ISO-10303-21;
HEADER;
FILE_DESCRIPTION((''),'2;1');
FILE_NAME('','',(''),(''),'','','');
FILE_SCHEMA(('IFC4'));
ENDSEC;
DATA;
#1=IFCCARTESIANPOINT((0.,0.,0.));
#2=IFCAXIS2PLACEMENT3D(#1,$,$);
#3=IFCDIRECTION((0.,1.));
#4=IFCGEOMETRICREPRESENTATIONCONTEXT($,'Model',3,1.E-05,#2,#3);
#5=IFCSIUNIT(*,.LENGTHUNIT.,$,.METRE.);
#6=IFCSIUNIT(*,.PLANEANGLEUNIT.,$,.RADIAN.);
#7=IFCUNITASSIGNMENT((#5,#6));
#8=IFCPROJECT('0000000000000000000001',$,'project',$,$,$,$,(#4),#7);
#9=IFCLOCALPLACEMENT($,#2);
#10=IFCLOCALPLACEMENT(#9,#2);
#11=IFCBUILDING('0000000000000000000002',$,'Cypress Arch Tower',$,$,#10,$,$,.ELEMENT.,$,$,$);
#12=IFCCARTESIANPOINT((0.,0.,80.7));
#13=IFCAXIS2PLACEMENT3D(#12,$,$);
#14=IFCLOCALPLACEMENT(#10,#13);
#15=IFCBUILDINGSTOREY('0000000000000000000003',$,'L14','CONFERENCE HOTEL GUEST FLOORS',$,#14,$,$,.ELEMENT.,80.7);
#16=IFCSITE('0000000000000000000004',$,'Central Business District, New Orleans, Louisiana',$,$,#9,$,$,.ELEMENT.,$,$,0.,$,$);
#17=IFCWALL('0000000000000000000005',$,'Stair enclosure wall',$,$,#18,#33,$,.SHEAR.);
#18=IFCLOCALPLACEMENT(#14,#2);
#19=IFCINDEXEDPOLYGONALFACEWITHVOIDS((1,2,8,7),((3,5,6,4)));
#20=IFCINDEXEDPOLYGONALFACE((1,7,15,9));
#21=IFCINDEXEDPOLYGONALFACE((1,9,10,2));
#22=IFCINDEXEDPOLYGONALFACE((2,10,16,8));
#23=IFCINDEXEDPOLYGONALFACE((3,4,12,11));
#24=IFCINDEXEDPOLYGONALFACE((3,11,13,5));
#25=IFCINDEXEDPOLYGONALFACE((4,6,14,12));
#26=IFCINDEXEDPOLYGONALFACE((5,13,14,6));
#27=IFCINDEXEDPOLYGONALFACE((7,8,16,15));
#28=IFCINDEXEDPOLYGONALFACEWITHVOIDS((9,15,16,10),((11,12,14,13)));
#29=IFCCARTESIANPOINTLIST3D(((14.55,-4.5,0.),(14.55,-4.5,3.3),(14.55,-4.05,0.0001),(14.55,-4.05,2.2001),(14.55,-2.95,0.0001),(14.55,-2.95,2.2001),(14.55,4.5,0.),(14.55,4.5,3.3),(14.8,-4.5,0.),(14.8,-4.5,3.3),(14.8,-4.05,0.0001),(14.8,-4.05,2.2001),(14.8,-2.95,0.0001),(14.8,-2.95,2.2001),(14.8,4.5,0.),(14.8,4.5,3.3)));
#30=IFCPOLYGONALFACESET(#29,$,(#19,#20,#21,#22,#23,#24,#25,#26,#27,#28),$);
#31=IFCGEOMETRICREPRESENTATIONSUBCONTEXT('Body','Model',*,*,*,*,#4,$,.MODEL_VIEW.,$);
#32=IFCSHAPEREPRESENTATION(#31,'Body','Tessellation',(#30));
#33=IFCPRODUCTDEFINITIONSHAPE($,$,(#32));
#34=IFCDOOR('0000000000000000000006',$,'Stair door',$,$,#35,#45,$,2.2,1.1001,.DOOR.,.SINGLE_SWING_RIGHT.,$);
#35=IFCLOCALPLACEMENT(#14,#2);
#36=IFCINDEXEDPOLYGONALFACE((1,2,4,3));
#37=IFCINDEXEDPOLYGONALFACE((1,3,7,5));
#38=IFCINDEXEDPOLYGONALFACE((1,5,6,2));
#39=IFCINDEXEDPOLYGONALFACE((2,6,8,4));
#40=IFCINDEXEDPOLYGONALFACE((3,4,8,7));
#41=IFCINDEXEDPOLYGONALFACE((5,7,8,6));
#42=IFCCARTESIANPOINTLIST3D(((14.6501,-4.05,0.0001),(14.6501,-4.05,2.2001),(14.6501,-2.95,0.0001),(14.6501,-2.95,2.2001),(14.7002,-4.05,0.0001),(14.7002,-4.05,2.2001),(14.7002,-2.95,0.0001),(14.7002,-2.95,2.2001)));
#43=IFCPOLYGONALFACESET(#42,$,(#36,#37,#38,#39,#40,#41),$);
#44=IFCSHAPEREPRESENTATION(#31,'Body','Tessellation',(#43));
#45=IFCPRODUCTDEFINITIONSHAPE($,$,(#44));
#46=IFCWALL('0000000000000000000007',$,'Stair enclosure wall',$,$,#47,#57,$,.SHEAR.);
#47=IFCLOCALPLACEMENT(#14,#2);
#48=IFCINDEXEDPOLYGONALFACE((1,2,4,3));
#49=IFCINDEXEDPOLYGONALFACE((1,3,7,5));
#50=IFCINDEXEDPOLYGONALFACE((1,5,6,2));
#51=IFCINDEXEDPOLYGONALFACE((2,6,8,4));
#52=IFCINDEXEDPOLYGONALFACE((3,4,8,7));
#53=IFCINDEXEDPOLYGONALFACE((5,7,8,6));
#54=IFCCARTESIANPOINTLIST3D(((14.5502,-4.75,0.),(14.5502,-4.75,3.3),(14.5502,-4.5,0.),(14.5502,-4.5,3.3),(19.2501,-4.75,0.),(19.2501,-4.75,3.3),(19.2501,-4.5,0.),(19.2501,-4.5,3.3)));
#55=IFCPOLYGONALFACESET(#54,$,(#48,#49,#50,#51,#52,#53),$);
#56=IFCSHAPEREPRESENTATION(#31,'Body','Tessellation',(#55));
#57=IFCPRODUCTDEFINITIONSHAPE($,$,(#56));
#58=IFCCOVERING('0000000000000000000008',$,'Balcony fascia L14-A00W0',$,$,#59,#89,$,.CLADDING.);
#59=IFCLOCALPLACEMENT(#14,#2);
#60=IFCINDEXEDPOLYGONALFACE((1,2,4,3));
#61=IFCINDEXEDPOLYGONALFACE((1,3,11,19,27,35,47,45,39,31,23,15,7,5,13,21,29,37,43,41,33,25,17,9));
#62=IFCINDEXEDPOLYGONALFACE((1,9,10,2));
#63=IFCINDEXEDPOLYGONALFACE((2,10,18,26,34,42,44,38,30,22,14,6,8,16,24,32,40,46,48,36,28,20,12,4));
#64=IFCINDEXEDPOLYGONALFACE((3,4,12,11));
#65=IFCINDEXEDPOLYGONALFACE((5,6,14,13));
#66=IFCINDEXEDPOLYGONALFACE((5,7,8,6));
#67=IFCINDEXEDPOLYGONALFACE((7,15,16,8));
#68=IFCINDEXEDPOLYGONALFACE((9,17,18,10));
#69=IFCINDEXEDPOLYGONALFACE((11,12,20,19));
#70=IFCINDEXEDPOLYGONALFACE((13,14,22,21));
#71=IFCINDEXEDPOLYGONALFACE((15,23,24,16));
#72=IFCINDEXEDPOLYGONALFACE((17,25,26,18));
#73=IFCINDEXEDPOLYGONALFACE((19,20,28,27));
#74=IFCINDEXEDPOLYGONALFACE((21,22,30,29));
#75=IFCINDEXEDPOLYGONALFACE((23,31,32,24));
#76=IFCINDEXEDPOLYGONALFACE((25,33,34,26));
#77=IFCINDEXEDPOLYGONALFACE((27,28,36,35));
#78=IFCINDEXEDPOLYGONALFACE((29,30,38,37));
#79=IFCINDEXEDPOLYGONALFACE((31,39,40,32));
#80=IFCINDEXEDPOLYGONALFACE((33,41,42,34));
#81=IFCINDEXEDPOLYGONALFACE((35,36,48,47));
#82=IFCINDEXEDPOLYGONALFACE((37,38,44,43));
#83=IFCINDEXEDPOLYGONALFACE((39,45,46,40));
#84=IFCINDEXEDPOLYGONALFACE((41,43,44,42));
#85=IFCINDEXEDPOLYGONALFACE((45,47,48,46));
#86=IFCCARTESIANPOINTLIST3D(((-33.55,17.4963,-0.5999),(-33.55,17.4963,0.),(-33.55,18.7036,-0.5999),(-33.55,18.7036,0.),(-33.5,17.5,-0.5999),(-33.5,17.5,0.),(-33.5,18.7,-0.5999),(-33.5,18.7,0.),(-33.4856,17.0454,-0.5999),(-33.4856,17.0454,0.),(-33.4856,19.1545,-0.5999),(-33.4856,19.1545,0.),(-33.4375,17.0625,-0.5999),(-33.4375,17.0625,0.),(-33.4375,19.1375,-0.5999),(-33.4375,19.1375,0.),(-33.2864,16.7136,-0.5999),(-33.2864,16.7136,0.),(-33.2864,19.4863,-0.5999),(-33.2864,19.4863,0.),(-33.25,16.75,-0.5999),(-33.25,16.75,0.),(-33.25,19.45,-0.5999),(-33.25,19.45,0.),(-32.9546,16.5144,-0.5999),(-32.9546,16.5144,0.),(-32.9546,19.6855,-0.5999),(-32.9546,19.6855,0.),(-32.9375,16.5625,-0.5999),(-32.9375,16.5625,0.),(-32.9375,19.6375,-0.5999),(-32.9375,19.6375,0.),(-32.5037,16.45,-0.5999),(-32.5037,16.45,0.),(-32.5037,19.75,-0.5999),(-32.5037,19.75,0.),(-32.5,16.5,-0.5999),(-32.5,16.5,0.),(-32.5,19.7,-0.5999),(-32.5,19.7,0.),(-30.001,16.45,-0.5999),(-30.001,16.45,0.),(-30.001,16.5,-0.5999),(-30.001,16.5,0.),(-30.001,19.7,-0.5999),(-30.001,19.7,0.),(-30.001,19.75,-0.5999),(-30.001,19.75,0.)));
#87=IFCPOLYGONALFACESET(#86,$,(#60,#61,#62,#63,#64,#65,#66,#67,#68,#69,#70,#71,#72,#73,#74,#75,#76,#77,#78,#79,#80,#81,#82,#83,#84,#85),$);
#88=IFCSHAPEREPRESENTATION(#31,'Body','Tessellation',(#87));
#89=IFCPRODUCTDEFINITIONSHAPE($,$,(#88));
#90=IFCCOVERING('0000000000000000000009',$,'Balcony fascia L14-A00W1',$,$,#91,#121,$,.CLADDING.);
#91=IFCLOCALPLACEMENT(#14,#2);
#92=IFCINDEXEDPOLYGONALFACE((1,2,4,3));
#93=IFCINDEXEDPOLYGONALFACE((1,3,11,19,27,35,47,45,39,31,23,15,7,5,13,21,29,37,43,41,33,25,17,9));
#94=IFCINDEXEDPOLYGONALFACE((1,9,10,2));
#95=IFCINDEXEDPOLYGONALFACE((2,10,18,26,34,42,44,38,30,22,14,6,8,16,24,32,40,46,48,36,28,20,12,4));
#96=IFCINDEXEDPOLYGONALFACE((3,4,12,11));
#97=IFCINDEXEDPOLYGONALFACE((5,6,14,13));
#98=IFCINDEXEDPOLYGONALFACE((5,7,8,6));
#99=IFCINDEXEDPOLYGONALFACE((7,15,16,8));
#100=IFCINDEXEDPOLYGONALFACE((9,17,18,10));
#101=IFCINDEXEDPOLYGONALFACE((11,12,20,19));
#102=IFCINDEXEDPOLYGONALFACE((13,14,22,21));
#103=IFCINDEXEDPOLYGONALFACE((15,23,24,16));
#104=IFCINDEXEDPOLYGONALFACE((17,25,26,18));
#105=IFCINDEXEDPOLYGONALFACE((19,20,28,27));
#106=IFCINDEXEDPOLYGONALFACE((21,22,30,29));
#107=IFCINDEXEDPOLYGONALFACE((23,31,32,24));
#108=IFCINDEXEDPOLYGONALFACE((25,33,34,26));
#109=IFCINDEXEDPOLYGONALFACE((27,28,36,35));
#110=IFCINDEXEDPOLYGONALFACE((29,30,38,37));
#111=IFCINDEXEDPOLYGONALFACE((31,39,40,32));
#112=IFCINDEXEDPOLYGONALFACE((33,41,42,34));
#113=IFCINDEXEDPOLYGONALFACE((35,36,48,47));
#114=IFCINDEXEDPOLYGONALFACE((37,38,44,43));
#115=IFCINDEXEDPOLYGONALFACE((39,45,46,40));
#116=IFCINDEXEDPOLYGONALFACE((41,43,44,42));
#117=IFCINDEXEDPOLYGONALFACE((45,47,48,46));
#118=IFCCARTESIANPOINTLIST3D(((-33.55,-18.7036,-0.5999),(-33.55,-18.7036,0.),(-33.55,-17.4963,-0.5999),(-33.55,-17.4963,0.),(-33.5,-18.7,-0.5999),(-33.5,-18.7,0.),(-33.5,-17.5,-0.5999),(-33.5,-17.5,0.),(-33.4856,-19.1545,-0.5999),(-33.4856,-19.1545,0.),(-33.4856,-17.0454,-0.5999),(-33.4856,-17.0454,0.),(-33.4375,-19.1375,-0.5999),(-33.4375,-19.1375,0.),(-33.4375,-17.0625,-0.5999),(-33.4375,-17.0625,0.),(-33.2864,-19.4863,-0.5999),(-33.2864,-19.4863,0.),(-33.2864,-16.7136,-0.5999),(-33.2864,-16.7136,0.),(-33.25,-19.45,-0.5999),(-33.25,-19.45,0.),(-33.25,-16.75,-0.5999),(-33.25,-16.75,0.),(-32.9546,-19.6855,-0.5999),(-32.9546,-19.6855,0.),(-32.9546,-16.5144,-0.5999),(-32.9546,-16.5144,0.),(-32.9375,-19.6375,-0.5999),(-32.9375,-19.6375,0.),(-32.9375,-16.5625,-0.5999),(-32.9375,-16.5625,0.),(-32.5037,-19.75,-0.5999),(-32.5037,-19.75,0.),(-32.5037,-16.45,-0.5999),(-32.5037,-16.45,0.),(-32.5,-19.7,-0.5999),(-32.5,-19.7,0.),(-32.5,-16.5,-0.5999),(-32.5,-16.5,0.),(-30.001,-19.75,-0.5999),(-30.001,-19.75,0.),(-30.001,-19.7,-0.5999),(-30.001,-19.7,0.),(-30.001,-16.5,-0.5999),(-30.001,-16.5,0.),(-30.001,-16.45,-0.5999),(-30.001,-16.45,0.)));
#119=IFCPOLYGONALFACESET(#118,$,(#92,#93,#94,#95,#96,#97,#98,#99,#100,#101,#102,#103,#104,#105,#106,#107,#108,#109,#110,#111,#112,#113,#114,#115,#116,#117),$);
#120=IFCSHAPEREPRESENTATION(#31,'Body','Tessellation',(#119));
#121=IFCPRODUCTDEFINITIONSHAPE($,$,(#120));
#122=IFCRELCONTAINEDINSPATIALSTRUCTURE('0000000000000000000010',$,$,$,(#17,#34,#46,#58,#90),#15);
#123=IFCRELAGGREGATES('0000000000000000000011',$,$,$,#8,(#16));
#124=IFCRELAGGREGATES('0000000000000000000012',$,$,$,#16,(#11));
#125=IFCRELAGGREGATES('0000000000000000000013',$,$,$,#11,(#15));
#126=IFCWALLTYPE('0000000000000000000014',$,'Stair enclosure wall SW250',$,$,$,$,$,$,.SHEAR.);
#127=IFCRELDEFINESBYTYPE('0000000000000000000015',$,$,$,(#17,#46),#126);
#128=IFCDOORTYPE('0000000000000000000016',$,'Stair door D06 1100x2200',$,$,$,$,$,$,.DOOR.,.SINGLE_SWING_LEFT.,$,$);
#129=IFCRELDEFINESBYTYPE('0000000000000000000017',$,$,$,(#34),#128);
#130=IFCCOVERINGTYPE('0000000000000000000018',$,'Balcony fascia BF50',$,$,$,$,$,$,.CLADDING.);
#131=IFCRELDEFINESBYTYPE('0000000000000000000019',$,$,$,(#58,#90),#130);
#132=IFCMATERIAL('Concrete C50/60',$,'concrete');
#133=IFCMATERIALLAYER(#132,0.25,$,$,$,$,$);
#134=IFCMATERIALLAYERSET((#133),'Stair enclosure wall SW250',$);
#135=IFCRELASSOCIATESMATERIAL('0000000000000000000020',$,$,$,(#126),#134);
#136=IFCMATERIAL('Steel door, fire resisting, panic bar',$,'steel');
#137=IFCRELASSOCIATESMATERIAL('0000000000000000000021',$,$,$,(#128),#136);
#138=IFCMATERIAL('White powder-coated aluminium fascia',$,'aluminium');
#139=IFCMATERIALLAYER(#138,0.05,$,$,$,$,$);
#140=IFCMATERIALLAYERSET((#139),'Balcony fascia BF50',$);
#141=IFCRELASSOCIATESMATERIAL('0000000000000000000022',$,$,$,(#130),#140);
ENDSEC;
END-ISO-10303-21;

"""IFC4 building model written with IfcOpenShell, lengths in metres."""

from ifc_helpers import new_model, si_unit, direction, frame, frame_2d, origin, place, context, subcontext, project, spatial, polyline, rectangle, outline, extrude, material, layer, layer_set, type_object, element, fill, save


model = new_model("IFC4")

# Units and contexts
model_context = context("Model", 3, precision=1e-05, world=origin(), true_north=direction((0.0, 1.0)))
body_context = subcontext(model_context, "Body", "Model", "MODEL_VIEW")
ifc_project = project(units=[si_unit("LENGTHUNIT", "METRE"), si_unit("PLANEANGLEUNIT", "RADIAN")], contexts=[model_context])

# Site, building, storey
site_placement = place(None, origin())
site = spatial("IfcSite", under=ifc_project, at=site_placement, Name="Central Business District, New Orleans, Louisiana", CompositionType="ELEMENT", RefElevation=0.0)
building_placement = place(site_placement, origin())
building = spatial("IfcBuilding", under=site, at=building_placement, Name="Cypress Arch Tower", CompositionType="ELEMENT")
storey_placement = place(building_placement, frame((0.0, 0.0, 80.7)))
storey = spatial("IfcBuildingStorey", under=building, at=storey_placement, Name="L14", Description="CONFERENCE HOTEL GUEST FLOORS", CompositionType="ELEMENT", Elevation=80.7)

# Wall, opening, door
ifc_material_1 = material(Name="Concrete C50/60", Category="concrete")
ifc_layer_1 = layer(ifc_material_1, 0.25)
ifc_layer_set_1 = layer_set([ifc_layer_1], Name="Stair enclosure wall SW250")
wall_type_1 = type_object("IfcWallType", Name="Stair enclosure wall SW250", PredefinedType="SHEAR", material=ifc_layer_set_1)
wall_1_placement = place(storey_placement, frame((14.675, -4.5, 0.0), z_axis=(0.0, 0.0, 1.0), x_axis=(0.0, 1.0, 0.0)))
wall_1 = element("IfcWall", 1, at=wall_1_placement, inside=storey, type_object=wall_type_1, Name="Stair enclosure wall", PredefinedType="SHEAR", context=body_context, shape_type="SweptSolid", body=[
    extrude(rectangle(XDim=9.0, YDim=0.25, at=frame_2d((4.5, 0.0))), origin(), (0.0, 0.0, 1.0), 3.3),
])
opening_1_placement = place(wall_1_placement, frame((0.45, 0.0, 0.0)))
opening_1 = element("IfcOpeningElement", 2, at=opening_1_placement, cuts=wall_1, PredefinedType="OPENING", context=body_context, shape_type="SweptSolid", body=[
    extrude(rectangle(XDim=1.1001, YDim=2.2, at=frame_2d((0.55, 1.1001))), frame((0.0, 0.135, 0.0), z_axis=(0.0, -1.0, 0.0), x_axis=(1.0, 0.0, 0.0)), (0.0, 0.0, 1.0), 0.27),
])
ifc_material_2 = material(Name="Steel door, fire resisting, panic bar", Category="steel")
door_type_1 = type_object("IfcDoorType", Name="Stair door D06 1100x2200", OperationType="SINGLE_SWING_LEFT", PredefinedType="DOOR", material=ifc_material_2)
door_1_placement = place(opening_1_placement, origin())
door_1 = element("IfcDoor", 3, at=door_1_placement, inside=storey, type_object=door_type_1, Name="Stair door", OperationType="SINGLE_SWING_RIGHT", OverallHeight=2.2, OverallWidth=1.1001, PredefinedType="DOOR", context=body_context, shape_type="SweptSolid", body=[
    extrude(rectangle(XDim=1.1001, YDim=2.2, at=frame_2d((0.55, 1.1001))), frame((0.0, 0.0249, 0.0), z_axis=(0.0, -1.0, 0.0), x_axis=(1.0, 0.0, 0.0)), (0.0, 0.0, 1.0), 0.05),
])
fill(opening_1, door_1)

# Wall
wall_2_placement = place(storey_placement, frame((14.55, -4.625, 0.0), z_axis=(0.0, 0.0, 1.0), x_axis=(1.0, 0.0, 0.0)))
element("IfcWall", 4, at=wall_2_placement, inside=storey, type_object=wall_type_1, Name="Stair enclosure wall", PredefinedType="SHEAR", context=body_context, shape_type="SweptSolid", body=[
    extrude(rectangle(XDim=4.7, YDim=0.25, at=frame_2d((2.3501, 0.0))), origin(), (0.0, 0.0, 1.0), 3.3),
])

# Coverings
ifc_material_3 = material(Name="White powder-coated aluminium fascia", Category="aluminium")
ifc_layer_2 = layer(ifc_material_3, 0.05)
ifc_layer_set_2 = layer_set([ifc_layer_2], Name="Balcony fascia BF50")
covering_type = type_object("IfcCoveringType", Name="Balcony fascia BF50", PredefinedType="CLADDING", material=ifc_layer_set_2)
covering_1_placement = place(storey_placement, frame((0.0, 0.0, -0.5999)))
element("IfcCovering", 5, at=covering_1_placement, inside=storey, type_object=covering_type, Name="Balcony fascia L14-A00W0", PredefinedType="CLADDING", context=body_context, shape_type="SweptSolid", body=[
    extrude(outline(polyline([(-32.5037, 16.45), (-32.9546, 16.5144), (-33.2864, 16.7136), (-33.4856, 17.0454), (-33.55, 17.4963), (-33.55, 18.7036), (-33.4856, 19.1545), (-33.2864, 19.4863), (-32.9546, 19.6855), (-32.5037, 19.75), (-30.001, 19.75), (-30.001, 19.7), (-32.5, 19.7), (-32.9375, 19.6375), (-33.25, 19.45), (-33.4375, 19.1375), (-33.5, 18.7), (-33.5, 17.5), (-33.4375, 17.0625), (-33.25, 16.75), (-32.9375, 16.5625), (-32.5, 16.5), (-30.001, 16.5), (-30.001, 16.45), (-32.5037, 16.45)])), origin(), (0.0, 0.0, 1.0), 0.5999),
])
covering_2_placement = place(storey_placement, frame((0.0, 0.0, -0.5999)))
element("IfcCovering", 6, at=covering_2_placement, inside=storey, type_object=covering_type, Name="Balcony fascia L14-A00W1", PredefinedType="CLADDING", context=body_context, shape_type="SweptSolid", body=[
    extrude(outline(polyline([(-32.5037, -19.75), (-32.9546, -19.6855), (-33.2864, -19.4863), (-33.4856, -19.1545), (-33.55, -18.7036), (-33.55, -17.4963), (-33.4856, -17.0454), (-33.2864, -16.7136), (-32.9546, -16.5144), (-32.5037, -16.45), (-30.001, -16.45), (-30.001, -16.5), (-32.5, -16.5), (-32.9375, -16.5625), (-33.25, -16.75), (-33.4375, -17.0625), (-33.5, -17.5), (-33.5, -18.7), (-33.4375, -19.1375), (-33.25, -19.45), (-32.9375, -19.6375), (-32.5, -19.7), (-30.001, -19.7), (-30.001, -19.75), (-32.5037, -19.75)])), origin(), (0.0, 0.0, 1.0), 0.5999),
])

save(model, "model.ifc")
